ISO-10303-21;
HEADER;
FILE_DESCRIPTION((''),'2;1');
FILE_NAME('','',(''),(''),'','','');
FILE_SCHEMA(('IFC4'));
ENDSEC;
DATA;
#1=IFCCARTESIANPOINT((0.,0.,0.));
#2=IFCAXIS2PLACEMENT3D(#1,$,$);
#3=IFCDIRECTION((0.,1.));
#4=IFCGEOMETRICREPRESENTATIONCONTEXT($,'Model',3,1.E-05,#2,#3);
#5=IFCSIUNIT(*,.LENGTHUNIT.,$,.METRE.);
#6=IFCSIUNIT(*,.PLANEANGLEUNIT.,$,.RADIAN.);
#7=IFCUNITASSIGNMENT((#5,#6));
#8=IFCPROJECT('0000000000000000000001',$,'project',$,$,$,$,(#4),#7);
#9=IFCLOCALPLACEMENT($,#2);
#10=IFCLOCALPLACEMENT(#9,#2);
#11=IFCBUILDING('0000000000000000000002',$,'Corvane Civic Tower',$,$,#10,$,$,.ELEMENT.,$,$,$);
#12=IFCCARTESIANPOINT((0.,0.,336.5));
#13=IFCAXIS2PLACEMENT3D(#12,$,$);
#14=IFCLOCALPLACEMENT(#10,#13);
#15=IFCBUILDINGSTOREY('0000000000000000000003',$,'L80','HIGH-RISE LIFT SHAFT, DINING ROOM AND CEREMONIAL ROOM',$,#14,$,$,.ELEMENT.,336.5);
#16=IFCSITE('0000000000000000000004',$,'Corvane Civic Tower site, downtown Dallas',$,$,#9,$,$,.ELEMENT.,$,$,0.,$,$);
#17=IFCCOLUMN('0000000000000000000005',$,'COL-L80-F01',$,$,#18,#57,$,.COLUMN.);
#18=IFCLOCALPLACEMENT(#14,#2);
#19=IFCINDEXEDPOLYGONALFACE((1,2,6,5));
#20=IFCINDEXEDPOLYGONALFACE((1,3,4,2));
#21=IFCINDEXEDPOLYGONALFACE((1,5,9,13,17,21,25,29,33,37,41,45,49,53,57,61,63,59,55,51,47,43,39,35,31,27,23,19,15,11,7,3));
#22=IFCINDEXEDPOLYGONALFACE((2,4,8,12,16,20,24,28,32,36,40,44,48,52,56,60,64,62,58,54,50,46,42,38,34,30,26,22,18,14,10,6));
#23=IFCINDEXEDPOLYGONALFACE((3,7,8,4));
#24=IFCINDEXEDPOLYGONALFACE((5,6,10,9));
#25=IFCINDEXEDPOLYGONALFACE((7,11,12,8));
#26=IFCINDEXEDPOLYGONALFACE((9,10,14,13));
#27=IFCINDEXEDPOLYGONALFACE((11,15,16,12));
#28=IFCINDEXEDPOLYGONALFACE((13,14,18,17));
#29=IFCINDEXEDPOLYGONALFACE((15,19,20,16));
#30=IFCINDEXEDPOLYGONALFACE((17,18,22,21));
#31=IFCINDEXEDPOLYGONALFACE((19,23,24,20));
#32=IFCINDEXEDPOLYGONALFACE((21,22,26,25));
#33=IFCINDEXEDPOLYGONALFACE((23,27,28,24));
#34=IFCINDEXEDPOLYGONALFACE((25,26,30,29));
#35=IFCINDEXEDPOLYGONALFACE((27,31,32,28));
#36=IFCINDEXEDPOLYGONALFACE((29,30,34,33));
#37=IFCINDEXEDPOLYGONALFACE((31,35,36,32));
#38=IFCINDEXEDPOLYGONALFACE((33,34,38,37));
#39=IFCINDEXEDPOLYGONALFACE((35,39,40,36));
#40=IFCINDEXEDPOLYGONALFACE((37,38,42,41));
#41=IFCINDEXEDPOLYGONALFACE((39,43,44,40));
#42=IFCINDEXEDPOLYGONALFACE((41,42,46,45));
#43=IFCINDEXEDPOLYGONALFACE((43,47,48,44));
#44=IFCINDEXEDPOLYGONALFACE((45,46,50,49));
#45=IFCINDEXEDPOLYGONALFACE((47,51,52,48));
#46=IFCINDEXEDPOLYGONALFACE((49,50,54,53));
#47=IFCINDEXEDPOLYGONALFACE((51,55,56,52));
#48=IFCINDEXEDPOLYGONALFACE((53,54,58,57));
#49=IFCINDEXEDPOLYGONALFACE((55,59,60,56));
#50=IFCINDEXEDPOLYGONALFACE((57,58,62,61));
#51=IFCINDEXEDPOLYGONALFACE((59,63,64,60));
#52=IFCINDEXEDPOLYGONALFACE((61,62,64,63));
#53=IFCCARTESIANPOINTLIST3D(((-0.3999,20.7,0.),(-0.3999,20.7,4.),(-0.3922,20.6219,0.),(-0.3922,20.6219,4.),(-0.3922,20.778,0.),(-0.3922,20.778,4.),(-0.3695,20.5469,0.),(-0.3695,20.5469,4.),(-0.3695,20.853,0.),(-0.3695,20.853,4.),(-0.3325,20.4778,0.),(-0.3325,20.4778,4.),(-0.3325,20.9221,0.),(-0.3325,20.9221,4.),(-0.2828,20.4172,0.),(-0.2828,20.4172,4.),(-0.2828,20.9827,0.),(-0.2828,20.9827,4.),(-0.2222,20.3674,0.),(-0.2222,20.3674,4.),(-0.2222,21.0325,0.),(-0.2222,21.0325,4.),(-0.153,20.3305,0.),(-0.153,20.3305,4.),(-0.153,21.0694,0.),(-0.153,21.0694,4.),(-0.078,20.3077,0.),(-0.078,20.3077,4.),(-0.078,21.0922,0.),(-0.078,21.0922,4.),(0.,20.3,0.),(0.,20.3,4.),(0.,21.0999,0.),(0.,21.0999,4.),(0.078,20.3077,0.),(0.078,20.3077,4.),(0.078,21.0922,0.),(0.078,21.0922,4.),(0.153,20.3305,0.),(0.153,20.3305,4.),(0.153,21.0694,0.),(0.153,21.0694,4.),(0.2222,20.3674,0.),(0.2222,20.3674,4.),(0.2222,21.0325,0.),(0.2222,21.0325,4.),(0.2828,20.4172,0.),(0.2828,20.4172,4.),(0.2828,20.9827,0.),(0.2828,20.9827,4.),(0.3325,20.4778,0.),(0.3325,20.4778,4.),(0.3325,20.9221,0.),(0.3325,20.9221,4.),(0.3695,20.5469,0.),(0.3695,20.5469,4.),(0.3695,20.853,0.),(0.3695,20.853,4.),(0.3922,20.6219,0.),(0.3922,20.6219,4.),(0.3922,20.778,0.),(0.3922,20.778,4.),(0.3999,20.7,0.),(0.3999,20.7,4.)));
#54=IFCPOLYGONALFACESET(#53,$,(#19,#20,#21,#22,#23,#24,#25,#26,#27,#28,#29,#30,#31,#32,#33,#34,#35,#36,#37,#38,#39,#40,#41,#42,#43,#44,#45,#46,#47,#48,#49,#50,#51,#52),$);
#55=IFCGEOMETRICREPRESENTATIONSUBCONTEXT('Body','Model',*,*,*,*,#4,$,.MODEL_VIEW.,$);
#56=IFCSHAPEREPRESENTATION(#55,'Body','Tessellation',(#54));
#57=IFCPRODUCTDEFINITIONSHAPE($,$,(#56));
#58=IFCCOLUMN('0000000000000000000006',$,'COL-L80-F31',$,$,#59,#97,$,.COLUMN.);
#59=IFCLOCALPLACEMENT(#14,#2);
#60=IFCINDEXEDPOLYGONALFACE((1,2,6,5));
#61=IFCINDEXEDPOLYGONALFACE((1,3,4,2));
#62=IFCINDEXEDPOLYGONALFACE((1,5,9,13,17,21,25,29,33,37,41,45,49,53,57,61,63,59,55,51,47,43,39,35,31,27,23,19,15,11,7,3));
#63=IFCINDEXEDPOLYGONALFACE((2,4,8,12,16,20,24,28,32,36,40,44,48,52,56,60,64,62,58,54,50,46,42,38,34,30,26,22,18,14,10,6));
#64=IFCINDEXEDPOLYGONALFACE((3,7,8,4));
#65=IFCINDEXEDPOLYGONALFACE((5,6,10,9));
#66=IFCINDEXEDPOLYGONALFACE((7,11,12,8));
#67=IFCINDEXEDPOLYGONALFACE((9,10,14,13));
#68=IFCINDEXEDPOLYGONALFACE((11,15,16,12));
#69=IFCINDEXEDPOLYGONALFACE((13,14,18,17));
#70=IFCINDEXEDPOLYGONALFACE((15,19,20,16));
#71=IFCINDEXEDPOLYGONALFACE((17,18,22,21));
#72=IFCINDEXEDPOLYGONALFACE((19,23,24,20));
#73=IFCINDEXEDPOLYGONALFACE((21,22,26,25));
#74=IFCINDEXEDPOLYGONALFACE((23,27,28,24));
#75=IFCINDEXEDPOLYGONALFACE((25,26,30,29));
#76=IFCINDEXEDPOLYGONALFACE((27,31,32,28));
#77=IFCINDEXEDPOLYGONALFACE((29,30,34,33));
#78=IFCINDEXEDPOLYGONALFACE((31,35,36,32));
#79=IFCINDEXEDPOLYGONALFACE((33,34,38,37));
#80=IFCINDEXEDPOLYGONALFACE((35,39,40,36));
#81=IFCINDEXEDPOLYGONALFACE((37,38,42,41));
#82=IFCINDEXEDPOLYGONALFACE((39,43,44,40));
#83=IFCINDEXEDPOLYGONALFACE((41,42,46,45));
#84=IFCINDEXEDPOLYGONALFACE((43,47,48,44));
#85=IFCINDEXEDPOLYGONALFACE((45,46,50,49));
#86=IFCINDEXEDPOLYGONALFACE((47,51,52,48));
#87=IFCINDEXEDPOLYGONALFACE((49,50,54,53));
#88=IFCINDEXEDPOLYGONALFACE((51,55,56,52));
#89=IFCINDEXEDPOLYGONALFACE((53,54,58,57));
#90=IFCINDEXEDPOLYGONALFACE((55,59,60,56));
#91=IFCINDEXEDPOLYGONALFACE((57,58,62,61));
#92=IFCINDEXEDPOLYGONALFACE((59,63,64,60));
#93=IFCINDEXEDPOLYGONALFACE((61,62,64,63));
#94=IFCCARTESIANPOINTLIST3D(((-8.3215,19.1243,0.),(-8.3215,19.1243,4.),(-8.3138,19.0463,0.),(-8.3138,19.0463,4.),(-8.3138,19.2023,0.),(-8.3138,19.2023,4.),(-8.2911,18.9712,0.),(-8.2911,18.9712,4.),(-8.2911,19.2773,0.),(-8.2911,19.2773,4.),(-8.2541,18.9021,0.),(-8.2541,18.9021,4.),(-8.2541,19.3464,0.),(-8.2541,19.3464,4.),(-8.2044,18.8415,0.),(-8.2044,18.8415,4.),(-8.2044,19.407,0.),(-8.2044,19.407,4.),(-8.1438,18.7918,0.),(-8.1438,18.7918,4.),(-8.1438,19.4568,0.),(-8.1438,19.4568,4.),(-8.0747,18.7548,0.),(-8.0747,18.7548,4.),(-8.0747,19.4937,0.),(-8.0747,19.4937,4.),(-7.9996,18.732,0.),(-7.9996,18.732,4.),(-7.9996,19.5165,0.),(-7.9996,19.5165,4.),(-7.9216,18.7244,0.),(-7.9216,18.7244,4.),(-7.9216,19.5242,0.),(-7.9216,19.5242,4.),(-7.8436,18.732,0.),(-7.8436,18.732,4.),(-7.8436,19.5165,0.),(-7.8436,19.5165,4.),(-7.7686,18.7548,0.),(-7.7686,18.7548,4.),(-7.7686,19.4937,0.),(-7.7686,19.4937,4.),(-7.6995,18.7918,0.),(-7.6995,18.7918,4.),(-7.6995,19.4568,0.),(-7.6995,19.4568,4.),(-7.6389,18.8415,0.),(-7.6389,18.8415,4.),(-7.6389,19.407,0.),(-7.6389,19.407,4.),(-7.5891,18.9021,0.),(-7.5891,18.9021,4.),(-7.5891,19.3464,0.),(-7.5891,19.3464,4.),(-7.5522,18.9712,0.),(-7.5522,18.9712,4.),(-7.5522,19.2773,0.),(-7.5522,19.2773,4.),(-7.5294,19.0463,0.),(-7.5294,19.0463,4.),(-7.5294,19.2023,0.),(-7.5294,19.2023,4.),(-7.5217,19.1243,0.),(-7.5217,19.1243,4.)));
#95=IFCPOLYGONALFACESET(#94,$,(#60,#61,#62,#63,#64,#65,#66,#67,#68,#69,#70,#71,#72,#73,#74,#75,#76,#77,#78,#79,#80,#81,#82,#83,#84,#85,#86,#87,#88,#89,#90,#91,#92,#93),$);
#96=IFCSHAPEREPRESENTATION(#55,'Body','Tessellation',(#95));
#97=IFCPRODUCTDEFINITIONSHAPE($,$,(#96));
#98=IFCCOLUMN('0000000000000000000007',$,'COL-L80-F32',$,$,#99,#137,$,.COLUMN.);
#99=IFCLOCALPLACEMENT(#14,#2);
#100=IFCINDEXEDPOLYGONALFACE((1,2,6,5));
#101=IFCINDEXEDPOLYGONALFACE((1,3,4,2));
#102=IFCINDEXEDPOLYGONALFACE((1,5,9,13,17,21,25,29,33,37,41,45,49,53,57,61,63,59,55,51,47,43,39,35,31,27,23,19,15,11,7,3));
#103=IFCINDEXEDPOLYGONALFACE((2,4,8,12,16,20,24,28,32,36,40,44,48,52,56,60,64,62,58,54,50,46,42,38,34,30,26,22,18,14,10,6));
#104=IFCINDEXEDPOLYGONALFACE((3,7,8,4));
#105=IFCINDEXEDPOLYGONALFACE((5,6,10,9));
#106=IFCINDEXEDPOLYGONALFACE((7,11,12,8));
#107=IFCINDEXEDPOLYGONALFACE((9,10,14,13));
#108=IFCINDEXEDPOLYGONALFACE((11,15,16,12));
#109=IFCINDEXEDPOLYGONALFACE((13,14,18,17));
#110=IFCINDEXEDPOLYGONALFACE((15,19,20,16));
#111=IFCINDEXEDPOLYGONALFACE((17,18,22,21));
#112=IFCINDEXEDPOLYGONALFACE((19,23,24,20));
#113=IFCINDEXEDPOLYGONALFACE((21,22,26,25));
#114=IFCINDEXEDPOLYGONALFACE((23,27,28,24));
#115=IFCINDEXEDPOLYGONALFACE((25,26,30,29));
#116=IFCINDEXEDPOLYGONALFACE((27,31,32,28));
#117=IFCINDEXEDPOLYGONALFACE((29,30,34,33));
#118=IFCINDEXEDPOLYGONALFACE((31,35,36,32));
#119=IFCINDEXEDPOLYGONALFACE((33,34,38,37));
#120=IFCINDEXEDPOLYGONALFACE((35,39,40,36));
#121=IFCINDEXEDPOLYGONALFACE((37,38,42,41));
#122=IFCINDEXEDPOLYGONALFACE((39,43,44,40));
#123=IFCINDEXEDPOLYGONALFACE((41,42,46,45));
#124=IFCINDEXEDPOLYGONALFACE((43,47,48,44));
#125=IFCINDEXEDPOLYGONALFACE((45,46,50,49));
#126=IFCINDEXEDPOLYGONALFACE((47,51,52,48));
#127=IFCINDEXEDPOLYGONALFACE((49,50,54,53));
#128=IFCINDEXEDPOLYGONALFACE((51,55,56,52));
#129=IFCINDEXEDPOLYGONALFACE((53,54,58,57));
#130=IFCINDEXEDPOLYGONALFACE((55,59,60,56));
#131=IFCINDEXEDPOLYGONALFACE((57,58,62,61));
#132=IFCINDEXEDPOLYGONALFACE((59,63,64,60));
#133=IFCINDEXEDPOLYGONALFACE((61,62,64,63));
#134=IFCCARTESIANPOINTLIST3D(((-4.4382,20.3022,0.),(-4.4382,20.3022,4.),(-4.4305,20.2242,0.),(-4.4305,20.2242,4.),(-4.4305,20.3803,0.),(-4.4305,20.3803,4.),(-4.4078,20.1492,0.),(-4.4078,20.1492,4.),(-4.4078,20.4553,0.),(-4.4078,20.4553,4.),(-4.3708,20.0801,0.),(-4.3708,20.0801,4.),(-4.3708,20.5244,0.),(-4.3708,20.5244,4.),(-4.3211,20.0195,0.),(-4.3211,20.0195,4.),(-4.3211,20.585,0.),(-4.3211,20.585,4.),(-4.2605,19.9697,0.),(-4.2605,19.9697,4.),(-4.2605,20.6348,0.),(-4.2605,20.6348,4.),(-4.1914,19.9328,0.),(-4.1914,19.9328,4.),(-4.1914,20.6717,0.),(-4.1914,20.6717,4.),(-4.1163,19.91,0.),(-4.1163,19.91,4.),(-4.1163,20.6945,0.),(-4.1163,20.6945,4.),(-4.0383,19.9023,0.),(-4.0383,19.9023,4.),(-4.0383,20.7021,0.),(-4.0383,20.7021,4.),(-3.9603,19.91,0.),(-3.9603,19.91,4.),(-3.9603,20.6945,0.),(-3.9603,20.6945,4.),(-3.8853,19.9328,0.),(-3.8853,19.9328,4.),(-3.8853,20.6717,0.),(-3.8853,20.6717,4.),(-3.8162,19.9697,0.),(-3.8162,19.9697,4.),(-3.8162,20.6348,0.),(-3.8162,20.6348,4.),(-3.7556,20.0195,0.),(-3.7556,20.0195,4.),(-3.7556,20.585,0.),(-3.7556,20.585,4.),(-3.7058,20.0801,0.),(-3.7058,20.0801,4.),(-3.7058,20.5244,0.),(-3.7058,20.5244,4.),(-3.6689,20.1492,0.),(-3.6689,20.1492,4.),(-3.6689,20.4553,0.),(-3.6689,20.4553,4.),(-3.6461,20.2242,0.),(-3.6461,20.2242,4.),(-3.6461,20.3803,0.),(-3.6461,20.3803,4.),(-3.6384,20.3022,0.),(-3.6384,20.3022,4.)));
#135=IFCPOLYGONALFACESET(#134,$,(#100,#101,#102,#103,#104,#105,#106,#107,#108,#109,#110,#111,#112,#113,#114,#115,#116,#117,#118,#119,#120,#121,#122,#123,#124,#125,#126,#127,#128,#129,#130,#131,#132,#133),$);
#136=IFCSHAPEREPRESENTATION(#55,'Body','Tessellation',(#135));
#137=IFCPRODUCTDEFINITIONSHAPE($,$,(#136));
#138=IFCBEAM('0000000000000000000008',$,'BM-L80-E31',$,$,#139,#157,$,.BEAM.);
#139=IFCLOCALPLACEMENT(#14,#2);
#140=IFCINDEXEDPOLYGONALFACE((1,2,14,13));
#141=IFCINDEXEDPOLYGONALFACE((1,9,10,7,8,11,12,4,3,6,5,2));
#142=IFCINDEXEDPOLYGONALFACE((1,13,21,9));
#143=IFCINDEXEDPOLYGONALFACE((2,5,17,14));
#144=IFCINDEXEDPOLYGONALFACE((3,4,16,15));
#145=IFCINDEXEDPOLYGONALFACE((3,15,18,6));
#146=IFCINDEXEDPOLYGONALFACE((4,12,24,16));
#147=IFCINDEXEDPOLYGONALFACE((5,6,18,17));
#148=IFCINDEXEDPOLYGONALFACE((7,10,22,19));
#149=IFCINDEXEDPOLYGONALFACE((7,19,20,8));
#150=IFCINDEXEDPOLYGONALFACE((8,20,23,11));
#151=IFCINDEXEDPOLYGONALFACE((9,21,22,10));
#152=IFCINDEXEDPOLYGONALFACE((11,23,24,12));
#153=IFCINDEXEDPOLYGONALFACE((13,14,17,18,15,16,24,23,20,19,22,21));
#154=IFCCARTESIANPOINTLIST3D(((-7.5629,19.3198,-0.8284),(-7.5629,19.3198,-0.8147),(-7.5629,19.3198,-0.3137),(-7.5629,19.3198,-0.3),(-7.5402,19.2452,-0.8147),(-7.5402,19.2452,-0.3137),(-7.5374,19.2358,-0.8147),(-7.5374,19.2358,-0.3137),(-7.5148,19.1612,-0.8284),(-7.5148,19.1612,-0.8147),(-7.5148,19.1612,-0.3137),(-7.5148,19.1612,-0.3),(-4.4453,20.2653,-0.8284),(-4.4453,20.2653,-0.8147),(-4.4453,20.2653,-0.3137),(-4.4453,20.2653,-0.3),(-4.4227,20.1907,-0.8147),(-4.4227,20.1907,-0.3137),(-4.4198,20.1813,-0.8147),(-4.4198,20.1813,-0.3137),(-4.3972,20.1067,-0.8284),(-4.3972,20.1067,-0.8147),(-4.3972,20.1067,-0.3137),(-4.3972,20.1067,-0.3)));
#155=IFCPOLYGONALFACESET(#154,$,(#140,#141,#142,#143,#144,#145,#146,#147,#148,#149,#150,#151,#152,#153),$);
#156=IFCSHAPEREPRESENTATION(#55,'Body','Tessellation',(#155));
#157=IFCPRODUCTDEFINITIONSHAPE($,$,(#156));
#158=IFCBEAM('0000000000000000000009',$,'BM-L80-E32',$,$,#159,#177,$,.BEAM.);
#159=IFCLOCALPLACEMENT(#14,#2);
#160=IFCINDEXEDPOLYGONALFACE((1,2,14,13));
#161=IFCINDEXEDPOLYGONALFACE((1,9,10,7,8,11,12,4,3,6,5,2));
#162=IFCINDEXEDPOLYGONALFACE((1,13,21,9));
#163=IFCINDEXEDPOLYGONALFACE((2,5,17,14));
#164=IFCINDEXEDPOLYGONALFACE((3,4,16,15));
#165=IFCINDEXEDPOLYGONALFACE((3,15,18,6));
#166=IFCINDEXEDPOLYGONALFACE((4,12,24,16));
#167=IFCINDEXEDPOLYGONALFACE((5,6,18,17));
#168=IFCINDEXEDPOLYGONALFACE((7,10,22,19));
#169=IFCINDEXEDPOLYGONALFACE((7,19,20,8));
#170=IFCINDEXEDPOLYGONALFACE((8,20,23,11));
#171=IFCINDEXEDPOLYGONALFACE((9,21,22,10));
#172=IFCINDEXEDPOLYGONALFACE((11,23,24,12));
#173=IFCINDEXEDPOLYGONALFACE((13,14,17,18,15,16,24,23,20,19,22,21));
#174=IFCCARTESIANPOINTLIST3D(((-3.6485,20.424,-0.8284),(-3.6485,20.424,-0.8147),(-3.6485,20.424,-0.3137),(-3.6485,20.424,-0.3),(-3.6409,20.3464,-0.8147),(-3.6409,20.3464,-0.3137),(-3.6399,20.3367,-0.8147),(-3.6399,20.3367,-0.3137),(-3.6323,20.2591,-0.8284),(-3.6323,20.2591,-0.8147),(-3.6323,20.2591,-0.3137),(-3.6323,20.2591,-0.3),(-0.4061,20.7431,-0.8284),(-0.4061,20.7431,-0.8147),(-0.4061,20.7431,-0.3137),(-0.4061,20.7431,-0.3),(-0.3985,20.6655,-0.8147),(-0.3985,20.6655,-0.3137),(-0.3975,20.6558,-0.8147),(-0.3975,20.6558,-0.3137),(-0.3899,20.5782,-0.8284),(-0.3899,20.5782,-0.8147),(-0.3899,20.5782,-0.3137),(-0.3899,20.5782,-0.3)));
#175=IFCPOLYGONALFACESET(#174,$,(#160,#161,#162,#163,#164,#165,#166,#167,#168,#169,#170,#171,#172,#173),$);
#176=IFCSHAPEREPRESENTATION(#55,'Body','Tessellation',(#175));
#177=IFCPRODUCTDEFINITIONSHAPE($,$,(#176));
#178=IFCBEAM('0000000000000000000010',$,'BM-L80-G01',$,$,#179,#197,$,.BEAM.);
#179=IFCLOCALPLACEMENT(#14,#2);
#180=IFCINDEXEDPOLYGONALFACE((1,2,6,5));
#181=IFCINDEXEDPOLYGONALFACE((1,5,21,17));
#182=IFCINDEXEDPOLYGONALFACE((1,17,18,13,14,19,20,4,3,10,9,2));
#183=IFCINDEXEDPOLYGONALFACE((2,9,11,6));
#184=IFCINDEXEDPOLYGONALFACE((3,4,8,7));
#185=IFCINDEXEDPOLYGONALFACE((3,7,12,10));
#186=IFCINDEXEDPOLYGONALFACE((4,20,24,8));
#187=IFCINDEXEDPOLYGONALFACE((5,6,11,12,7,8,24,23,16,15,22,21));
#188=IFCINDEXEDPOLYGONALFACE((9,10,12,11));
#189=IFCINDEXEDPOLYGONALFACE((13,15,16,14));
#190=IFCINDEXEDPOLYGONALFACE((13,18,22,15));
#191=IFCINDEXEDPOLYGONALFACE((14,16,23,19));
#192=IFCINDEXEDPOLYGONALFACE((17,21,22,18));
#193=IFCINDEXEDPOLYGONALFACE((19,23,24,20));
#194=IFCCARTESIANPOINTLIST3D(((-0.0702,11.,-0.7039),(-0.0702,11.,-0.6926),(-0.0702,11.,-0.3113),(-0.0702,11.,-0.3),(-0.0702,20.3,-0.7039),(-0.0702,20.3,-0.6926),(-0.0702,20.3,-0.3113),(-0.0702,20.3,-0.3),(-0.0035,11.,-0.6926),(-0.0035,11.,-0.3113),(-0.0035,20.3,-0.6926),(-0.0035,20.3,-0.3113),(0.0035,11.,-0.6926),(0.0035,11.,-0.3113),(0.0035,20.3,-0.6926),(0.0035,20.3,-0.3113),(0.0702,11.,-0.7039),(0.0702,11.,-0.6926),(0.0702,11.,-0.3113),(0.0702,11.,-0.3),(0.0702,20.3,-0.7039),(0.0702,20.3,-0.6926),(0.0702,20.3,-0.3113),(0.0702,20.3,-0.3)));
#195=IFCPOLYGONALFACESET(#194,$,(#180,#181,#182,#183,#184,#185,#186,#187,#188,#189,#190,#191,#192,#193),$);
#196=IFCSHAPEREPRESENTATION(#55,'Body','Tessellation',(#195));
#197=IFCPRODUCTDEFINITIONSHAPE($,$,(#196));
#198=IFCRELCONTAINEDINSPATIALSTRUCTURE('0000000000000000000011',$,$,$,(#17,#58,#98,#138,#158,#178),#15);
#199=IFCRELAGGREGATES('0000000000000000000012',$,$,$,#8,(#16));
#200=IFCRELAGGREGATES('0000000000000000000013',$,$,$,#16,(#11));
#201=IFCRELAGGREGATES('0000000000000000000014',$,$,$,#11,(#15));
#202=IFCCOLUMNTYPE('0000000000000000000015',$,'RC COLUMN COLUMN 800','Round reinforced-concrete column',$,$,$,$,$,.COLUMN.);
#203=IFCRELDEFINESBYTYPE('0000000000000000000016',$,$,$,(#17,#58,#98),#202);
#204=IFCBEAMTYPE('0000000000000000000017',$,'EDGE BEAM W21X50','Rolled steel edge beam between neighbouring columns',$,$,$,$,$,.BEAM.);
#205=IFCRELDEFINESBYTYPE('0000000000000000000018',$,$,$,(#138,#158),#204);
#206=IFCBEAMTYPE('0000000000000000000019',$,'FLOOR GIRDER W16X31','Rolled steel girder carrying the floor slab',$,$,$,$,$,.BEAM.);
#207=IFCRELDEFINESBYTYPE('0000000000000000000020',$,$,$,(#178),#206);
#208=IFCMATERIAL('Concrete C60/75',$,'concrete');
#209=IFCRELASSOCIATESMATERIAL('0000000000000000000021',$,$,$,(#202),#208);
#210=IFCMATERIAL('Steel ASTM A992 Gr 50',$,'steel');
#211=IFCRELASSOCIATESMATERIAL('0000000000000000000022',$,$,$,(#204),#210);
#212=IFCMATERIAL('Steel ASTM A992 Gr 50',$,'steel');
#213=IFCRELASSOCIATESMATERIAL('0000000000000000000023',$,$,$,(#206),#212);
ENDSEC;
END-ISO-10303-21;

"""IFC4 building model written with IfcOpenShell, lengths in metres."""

from ifc_helpers import new_model, si_unit, direction, frame, origin, origin_2d, place, context, subcontext, project, spatial, circle, i_section, extrude, material, material_profile, profile_set, type_object, element, save


model = new_model("IFC4")

# Units and contexts
model_context = context("Model", 3, precision=1e-05, world=origin(), true_north=direction((0.0, 1.0)))
body_context = subcontext(model_context, "Body", "Model", "MODEL_VIEW")
ifc_project = project(units=[si_unit("LENGTHUNIT", "METRE"), si_unit("PLANEANGLEUNIT", "RADIAN")], contexts=[model_context])

# Site, building, storey
site_placement = place(None, origin())
site = spatial("IfcSite", under=ifc_project, at=site_placement, Name="Corvane Civic Tower site, downtown Dallas", CompositionType="ELEMENT", RefElevation=0.0)
building_placement = place(site_placement, origin())
building = spatial("IfcBuilding", under=site, at=building_placement, Name="Corvane Civic Tower", CompositionType="ELEMENT")
storey_placement = place(building_placement, frame((0.0, 0.0, 336.5)))
storey = spatial("IfcBuildingStorey", under=building, at=storey_placement, Name="L80", Description="HIGH-RISE LIFT SHAFT, DINING ROOM AND CEREMONIAL ROOM", CompositionType="ELEMENT", Elevation=336.5)

# Columns
ifc_material_1 = material(Name="Concrete C60/75", Category="concrete")
ifc_material_profile_1 = material_profile(ifc_material_1, circle(Radius=0.3999, at=origin_2d()), Name="COLUMN 800")
ifc_profile_set_1 = profile_set([ifc_material_profile_1], Name="Concrete C60/75")
column_type = type_object("IfcColumnType", Name="RC COLUMN COLUMN 800", Description="Round reinforced-concrete column", PredefinedType="COLUMN", material=ifc_profile_set_1)
for number, where, z_axis, x_axis, name in (
    (1, (0.0, 20.7, 0.0), (0.0, 0.0, 1.0), (1.0, 0.0, 0.0), "COL-L80-F01"),
    (2, (-7.9216, 19.1243, 0.0), (0.0, 0.0, 1.0), (1.0, 0.0, 0.0), "COL-L80-F31"),
    (3, (-4.0383, 20.3022, 0.0), (0.0, 0.0, 1.0), (1.0, 0.0, 0.0), "COL-L80-F32"),
):
    element("IfcColumn", number, at=place(storey_placement, frame(where, z_axis=z_axis, x_axis=x_axis)), inside=storey, type_object=column_type, Name=name, PredefinedType="COLUMN", context=body_context, shape_type="SweptSolid", body=[
        extrude(circle(Radius=0.3999, at=origin_2d()), origin(), (0.0, 0.0, 1.0), 4.0),
    ])

# Beams
ifc_material_2 = material(Name="Steel ASTM A992 Gr 50", Category="steel")
ifc_material_profile_2 = material_profile(ifc_material_2, i_section(OverallWidth=0.1658, OverallDepth=0.5283, WebThickness=0.0098, FlangeThickness=0.0137, at=origin_2d()), Name="W21X50")
ifc_profile_set_2 = profile_set([ifc_material_profile_2], Name="Steel ASTM A992 Gr 50")
beam_type_1 = type_object("IfcBeamType", Name="EDGE BEAM W21X50", Description="Rolled steel edge beam between neighbouring columns", PredefinedType="BEAM", material=ifc_profile_set_2)
beam_1_placement = place(storey_placement, frame((-7.5388, 19.2405, -0.5642), z_axis=(0.956956, 0.290234, 0.0), x_axis=(-0.290234, 0.956956, 0.0)))
element("IfcBeam", 4, at=beam_1_placement, inside=storey, type_object=beam_type_1, Name="BM-L80-E31", PredefinedType="BEAM", context=body_context, shape_type="SweptSolid", body=[
    extrude(i_section(OverallWidth=0.1658, OverallDepth=0.5283, WebThickness=0.0098, FlangeThickness=0.0137, at=origin_2d()), origin(), (0.0, 0.0, 1.0), 3.2578),
])
beam_2_placement = place(storey_placement, frame((-3.6404, 20.3416, -0.5642), z_axis=(0.995193, 0.097938, 0.0), x_axis=(-0.097938, 0.995193, 0.0)))
element("IfcBeam", 5, at=beam_2_placement, inside=storey, type_object=beam_type_1, Name="BM-L80-E32", PredefinedType="BEAM", context=body_context, shape_type="SweptSolid", body=[
    extrude(i_section(OverallWidth=0.1658, OverallDepth=0.5283, WebThickness=0.0098, FlangeThickness=0.0137, at=origin_2d()), origin(), (0.0, 0.0, 1.0), 3.2581),
])
ifc_material_3 = material(Name="Steel ASTM A992 Gr 50", Category="steel")
ifc_material_profile_3 = material_profile(ifc_material_3, i_section(OverallWidth=0.1404, OverallDepth=0.4038, WebThickness=0.0071, FlangeThickness=0.0112, at=origin_2d()), Name="W16X31")
ifc_profile_set_3 = profile_set([ifc_material_profile_3], Name="Steel ASTM A992 Gr 50")
beam_type_2 = type_object("IfcBeamType", Name="FLOOR GIRDER W16X31", Description="Rolled steel girder carrying the floor slab", PredefinedType="BEAM", material=ifc_profile_set_3)
beam_3_placement = place(storey_placement, frame((0.0, 11.0, -0.502), z_axis=(0.0, 1.0, 0.0), x_axis=(-1.0, 0.0, 0.0)))
element("IfcBeam", 6, at=beam_3_placement, inside=storey, type_object=beam_type_2, Name="BM-L80-G01", PredefinedType="BEAM", context=body_context, shape_type="SweptSolid", body=[
    extrude(i_section(OverallWidth=0.1404, OverallDepth=0.4038, WebThickness=0.0071, FlangeThickness=0.0112, at=origin_2d()), origin(), (0.0, 0.0, 1.0), 9.3),
])

save(model, "model.ifc")
